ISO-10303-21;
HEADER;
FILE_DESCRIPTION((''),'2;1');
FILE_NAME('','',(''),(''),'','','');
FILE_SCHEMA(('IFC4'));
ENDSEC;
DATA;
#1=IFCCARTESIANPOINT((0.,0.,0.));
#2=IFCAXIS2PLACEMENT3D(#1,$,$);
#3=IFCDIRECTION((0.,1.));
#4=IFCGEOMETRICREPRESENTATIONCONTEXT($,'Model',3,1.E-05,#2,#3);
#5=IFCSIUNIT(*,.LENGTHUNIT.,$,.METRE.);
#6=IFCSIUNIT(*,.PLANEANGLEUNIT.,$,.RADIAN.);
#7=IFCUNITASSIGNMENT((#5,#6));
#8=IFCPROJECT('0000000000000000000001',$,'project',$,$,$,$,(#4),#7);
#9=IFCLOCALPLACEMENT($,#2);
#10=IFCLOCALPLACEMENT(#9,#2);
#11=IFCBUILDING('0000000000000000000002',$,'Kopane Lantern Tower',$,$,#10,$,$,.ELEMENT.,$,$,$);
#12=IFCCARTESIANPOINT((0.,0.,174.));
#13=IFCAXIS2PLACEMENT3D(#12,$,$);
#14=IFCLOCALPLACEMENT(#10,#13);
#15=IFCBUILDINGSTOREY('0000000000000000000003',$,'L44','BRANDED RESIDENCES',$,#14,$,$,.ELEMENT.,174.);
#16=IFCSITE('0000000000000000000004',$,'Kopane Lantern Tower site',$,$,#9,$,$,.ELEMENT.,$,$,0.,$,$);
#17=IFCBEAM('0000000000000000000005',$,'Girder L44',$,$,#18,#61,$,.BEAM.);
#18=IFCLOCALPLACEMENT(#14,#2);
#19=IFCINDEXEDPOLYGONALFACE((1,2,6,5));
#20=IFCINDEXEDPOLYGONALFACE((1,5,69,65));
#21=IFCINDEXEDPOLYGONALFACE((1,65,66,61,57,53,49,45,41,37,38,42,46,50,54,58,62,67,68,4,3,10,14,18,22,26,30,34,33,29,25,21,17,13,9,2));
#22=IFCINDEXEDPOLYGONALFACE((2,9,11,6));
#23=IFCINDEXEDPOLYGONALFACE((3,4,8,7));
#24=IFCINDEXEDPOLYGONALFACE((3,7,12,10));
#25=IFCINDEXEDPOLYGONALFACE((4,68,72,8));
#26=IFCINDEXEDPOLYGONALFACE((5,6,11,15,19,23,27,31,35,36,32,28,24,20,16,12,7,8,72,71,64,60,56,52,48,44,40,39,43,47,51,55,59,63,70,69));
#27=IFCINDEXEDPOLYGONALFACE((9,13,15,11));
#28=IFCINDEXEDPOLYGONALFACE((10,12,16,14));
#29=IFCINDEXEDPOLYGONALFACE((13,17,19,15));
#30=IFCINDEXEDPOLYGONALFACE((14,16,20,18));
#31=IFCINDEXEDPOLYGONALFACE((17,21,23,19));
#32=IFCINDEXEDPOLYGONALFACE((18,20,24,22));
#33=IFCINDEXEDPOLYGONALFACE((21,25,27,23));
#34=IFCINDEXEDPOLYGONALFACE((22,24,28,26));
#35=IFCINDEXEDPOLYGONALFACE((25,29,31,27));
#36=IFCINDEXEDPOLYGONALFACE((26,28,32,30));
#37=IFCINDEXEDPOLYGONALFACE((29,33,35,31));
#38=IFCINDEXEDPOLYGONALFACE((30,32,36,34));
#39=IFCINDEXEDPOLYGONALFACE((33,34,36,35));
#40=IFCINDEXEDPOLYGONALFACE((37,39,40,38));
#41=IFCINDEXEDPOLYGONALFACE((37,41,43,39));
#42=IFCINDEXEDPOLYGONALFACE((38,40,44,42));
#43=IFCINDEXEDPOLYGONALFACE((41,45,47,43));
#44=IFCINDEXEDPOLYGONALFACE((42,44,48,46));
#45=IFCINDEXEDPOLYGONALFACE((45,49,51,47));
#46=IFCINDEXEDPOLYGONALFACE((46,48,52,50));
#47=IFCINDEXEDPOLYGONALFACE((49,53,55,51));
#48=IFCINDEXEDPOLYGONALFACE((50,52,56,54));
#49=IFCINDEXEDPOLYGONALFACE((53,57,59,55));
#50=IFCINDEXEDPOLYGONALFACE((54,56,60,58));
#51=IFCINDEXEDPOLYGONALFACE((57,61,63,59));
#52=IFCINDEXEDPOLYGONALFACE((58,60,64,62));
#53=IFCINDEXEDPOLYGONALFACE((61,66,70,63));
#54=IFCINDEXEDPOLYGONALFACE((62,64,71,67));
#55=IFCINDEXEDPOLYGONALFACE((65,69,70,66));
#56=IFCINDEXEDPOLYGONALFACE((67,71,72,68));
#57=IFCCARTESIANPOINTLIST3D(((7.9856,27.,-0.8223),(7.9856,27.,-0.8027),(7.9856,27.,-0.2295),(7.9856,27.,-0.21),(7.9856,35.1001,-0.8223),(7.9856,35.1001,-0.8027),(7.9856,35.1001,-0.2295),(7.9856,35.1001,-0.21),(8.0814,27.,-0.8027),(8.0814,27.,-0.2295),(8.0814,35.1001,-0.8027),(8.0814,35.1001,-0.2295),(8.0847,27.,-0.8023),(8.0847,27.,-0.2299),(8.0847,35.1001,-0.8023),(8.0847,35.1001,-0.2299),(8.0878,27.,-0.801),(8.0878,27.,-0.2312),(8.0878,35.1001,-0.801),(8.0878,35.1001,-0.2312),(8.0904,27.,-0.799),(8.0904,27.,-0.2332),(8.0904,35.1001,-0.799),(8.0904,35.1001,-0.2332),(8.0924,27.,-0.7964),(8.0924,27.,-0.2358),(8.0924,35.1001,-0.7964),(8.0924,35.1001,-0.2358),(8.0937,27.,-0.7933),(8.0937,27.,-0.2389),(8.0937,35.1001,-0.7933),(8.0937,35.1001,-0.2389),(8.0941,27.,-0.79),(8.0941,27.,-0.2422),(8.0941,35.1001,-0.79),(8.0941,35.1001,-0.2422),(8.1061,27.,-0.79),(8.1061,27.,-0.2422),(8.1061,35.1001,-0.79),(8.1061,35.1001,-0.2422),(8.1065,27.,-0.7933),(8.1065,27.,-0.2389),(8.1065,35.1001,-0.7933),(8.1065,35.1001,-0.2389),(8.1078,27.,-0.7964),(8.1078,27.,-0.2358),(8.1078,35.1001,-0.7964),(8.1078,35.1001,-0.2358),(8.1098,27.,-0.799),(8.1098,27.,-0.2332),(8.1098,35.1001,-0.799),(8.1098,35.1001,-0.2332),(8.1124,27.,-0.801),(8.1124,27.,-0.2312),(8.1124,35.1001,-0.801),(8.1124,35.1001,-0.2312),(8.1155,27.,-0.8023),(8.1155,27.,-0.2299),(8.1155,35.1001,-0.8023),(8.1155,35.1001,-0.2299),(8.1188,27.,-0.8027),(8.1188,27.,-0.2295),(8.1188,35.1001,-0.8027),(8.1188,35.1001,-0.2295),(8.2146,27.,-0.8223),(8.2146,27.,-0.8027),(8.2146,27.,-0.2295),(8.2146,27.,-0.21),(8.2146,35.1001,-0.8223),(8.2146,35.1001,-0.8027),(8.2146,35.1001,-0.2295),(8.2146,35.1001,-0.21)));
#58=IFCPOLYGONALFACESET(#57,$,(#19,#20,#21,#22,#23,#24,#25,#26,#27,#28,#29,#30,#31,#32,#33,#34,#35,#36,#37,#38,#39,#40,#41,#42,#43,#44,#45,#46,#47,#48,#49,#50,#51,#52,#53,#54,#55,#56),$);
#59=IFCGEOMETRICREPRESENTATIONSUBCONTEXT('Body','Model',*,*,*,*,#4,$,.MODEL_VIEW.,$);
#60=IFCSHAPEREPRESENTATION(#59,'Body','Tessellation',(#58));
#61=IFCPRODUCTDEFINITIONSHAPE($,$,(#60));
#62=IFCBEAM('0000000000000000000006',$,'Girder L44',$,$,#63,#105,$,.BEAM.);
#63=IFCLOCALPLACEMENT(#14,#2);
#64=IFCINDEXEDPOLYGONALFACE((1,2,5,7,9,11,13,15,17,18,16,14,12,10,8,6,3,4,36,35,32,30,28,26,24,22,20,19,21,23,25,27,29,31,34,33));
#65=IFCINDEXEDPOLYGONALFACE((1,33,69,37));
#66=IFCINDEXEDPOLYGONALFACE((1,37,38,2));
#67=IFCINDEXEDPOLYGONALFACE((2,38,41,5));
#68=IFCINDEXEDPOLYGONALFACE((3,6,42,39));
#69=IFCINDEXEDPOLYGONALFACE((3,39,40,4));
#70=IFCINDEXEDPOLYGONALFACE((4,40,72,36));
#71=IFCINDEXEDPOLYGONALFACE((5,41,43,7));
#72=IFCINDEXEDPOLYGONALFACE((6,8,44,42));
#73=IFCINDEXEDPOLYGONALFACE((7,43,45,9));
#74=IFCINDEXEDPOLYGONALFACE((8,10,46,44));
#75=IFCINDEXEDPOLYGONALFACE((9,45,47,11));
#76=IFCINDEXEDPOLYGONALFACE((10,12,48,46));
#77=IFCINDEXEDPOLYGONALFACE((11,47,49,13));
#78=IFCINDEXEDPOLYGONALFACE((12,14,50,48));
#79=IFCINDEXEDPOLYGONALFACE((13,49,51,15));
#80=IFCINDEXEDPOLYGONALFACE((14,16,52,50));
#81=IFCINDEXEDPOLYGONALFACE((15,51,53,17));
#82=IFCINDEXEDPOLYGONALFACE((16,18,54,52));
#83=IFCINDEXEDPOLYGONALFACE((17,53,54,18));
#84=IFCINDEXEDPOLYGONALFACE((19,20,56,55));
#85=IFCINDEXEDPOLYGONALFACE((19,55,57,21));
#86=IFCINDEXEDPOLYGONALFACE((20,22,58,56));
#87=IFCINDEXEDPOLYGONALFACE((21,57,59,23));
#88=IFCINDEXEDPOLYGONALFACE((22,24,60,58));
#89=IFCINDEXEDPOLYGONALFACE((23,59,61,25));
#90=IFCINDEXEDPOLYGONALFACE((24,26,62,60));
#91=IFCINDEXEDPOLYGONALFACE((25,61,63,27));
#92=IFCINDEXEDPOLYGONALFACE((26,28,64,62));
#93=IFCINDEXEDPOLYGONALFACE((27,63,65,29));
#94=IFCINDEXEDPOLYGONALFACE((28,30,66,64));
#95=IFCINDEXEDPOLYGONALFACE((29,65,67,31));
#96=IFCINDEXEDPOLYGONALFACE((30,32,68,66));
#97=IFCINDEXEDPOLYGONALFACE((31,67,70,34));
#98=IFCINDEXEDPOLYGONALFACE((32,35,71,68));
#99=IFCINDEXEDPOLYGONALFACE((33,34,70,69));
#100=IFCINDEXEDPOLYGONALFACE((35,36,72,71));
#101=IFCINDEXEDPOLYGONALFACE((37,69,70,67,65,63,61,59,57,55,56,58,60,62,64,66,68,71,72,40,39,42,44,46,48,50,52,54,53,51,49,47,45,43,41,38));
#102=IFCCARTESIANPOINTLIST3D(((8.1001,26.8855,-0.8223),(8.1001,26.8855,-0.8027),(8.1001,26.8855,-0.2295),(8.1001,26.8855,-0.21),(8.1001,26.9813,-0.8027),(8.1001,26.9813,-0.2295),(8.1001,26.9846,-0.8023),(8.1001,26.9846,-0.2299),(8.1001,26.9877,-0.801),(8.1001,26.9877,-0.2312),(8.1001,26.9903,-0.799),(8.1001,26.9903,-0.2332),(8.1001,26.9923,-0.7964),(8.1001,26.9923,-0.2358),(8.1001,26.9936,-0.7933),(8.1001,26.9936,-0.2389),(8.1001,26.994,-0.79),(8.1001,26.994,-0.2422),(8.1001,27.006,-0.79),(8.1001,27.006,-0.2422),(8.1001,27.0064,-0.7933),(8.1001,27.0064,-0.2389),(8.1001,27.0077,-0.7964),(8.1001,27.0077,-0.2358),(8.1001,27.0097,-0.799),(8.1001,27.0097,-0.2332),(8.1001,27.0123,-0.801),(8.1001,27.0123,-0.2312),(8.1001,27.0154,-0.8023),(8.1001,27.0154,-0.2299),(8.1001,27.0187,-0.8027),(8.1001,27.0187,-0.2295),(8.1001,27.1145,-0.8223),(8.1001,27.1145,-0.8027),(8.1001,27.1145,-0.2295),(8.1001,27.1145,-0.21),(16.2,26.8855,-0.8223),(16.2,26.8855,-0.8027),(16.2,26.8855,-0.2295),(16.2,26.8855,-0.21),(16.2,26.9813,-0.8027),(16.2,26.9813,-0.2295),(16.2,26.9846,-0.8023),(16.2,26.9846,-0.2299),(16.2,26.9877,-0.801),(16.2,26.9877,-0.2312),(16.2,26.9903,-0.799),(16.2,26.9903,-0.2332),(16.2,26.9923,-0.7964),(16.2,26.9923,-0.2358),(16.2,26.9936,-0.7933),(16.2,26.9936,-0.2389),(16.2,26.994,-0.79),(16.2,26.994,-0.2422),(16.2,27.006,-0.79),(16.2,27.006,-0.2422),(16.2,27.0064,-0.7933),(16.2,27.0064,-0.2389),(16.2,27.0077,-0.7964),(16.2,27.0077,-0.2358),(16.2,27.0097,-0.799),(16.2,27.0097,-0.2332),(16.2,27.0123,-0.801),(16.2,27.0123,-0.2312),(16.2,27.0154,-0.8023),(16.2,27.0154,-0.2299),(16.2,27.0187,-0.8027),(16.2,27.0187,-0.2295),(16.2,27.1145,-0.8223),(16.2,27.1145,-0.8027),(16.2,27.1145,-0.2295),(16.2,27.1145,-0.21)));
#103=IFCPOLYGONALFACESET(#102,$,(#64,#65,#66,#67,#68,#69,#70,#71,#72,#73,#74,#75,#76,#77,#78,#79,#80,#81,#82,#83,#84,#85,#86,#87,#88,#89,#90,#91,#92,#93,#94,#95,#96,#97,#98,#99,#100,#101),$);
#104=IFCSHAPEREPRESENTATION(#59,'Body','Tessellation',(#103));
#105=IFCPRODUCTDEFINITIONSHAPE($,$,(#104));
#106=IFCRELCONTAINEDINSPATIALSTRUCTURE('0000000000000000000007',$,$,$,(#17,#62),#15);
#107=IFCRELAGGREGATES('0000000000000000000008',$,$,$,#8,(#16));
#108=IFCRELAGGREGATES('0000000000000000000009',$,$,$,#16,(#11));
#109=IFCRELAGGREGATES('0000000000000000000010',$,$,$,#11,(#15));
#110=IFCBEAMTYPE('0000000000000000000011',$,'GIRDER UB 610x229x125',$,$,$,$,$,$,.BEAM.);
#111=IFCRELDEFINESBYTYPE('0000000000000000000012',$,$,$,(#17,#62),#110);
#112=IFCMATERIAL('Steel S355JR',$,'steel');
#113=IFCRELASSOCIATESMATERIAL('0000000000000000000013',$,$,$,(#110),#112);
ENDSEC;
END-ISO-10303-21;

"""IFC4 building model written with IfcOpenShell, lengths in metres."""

from ifc_helpers import new_model, si_unit, direction, frame, origin, origin_2d, place, context, subcontext, project, spatial, i_section, extrude, material, material_profile, profile_set, type_object, element, save


model = new_model("IFC4")

# Units and contexts
model_context = context("Model", 3, precision=1e-05, world=origin(), true_north=direction((0.0, 1.0)))
body_context = subcontext(model_context, "Body", "Model", "MODEL_VIEW")
ifc_project = project(units=[si_unit("LENGTHUNIT", "METRE"), si_unit("PLANEANGLEUNIT", "RADIAN")], contexts=[model_context])

# Site, building, storey
site_placement = place(None, origin())
site = spatial("IfcSite", under=ifc_project, at=site_placement, Name="Kopane Lantern Tower site", CompositionType="ELEMENT", RefElevation=0.0)
building_placement = place(site_placement, origin())
building = spatial("IfcBuilding", under=site, at=building_placement, Name="Kopane Lantern Tower", CompositionType="ELEMENT")
storey_placement = place(building_placement, frame((0.0, 0.0, 174.0)))
storey = spatial("IfcBuildingStorey", under=building, at=storey_placement, Name="L44", Description="BRANDED RESIDENCES", CompositionType="ELEMENT", Elevation=174.0)

# Beams
ifc_material_1 = material(Name="Steel S355JR", Category="steel")
ifc_material_profile_1 = material_profile(ifc_material_1, i_section(OverallWidth=0.229, OverallDepth=0.6123, WebThickness=0.012, FlangeThickness=0.0195, FilletRadius=0.0127, at=origin_2d()), Name="UB 610x229x125")
ifc_profile_set_1 = profile_set([ifc_material_profile_1], Name="Steel S355JR")
beam_type = type_object("IfcBeamType", Name="GIRDER UB 610x229x125", PredefinedType="BEAM", material=ifc_profile_set_1)
for number, where, z_axis, x_axis, name in (
    (1, (8.1001, 27.0, -0.5161), (0.0, 1.0, 0.0), (-1.0, 0.0, 0.0), "Girder L44"),
):
    element("IfcBeam", number, at=place(storey_placement, frame(where, z_axis=z_axis, x_axis=x_axis)), inside=storey, type_object=beam_type, Name=name, PredefinedType="BEAM", context=body_context, shape_type="SweptSolid", body=[
        extrude(i_section(OverallWidth=0.229, OverallDepth=0.6123, WebThickness=0.012, FlangeThickness=0.0195, FilletRadius=0.0127, at=origin_2d()), origin(), (0.0, 0.0, 1.0), 8.1001),
    ])
beam_placement = place(storey_placement, frame((8.1001, 27.0, -0.5161), z_axis=(1.0, 0.0, 0.0), x_axis=(0.0, 1.0, 0.0)))
element("IfcBeam", 2, at=beam_placement, inside=storey, type_object=beam_type, Name="Girder L44", PredefinedType="BEAM", context=body_context, shape_type="SweptSolid", body=[
    extrude(i_section(OverallWidth=0.229, OverallDepth=0.6123, WebThickness=0.012, FlangeThickness=0.0195, FilletRadius=0.0127, at=origin_2d()), origin(), (0.0, 0.0, 1.0), 8.0999),
])

save(model, "model.ifc")
